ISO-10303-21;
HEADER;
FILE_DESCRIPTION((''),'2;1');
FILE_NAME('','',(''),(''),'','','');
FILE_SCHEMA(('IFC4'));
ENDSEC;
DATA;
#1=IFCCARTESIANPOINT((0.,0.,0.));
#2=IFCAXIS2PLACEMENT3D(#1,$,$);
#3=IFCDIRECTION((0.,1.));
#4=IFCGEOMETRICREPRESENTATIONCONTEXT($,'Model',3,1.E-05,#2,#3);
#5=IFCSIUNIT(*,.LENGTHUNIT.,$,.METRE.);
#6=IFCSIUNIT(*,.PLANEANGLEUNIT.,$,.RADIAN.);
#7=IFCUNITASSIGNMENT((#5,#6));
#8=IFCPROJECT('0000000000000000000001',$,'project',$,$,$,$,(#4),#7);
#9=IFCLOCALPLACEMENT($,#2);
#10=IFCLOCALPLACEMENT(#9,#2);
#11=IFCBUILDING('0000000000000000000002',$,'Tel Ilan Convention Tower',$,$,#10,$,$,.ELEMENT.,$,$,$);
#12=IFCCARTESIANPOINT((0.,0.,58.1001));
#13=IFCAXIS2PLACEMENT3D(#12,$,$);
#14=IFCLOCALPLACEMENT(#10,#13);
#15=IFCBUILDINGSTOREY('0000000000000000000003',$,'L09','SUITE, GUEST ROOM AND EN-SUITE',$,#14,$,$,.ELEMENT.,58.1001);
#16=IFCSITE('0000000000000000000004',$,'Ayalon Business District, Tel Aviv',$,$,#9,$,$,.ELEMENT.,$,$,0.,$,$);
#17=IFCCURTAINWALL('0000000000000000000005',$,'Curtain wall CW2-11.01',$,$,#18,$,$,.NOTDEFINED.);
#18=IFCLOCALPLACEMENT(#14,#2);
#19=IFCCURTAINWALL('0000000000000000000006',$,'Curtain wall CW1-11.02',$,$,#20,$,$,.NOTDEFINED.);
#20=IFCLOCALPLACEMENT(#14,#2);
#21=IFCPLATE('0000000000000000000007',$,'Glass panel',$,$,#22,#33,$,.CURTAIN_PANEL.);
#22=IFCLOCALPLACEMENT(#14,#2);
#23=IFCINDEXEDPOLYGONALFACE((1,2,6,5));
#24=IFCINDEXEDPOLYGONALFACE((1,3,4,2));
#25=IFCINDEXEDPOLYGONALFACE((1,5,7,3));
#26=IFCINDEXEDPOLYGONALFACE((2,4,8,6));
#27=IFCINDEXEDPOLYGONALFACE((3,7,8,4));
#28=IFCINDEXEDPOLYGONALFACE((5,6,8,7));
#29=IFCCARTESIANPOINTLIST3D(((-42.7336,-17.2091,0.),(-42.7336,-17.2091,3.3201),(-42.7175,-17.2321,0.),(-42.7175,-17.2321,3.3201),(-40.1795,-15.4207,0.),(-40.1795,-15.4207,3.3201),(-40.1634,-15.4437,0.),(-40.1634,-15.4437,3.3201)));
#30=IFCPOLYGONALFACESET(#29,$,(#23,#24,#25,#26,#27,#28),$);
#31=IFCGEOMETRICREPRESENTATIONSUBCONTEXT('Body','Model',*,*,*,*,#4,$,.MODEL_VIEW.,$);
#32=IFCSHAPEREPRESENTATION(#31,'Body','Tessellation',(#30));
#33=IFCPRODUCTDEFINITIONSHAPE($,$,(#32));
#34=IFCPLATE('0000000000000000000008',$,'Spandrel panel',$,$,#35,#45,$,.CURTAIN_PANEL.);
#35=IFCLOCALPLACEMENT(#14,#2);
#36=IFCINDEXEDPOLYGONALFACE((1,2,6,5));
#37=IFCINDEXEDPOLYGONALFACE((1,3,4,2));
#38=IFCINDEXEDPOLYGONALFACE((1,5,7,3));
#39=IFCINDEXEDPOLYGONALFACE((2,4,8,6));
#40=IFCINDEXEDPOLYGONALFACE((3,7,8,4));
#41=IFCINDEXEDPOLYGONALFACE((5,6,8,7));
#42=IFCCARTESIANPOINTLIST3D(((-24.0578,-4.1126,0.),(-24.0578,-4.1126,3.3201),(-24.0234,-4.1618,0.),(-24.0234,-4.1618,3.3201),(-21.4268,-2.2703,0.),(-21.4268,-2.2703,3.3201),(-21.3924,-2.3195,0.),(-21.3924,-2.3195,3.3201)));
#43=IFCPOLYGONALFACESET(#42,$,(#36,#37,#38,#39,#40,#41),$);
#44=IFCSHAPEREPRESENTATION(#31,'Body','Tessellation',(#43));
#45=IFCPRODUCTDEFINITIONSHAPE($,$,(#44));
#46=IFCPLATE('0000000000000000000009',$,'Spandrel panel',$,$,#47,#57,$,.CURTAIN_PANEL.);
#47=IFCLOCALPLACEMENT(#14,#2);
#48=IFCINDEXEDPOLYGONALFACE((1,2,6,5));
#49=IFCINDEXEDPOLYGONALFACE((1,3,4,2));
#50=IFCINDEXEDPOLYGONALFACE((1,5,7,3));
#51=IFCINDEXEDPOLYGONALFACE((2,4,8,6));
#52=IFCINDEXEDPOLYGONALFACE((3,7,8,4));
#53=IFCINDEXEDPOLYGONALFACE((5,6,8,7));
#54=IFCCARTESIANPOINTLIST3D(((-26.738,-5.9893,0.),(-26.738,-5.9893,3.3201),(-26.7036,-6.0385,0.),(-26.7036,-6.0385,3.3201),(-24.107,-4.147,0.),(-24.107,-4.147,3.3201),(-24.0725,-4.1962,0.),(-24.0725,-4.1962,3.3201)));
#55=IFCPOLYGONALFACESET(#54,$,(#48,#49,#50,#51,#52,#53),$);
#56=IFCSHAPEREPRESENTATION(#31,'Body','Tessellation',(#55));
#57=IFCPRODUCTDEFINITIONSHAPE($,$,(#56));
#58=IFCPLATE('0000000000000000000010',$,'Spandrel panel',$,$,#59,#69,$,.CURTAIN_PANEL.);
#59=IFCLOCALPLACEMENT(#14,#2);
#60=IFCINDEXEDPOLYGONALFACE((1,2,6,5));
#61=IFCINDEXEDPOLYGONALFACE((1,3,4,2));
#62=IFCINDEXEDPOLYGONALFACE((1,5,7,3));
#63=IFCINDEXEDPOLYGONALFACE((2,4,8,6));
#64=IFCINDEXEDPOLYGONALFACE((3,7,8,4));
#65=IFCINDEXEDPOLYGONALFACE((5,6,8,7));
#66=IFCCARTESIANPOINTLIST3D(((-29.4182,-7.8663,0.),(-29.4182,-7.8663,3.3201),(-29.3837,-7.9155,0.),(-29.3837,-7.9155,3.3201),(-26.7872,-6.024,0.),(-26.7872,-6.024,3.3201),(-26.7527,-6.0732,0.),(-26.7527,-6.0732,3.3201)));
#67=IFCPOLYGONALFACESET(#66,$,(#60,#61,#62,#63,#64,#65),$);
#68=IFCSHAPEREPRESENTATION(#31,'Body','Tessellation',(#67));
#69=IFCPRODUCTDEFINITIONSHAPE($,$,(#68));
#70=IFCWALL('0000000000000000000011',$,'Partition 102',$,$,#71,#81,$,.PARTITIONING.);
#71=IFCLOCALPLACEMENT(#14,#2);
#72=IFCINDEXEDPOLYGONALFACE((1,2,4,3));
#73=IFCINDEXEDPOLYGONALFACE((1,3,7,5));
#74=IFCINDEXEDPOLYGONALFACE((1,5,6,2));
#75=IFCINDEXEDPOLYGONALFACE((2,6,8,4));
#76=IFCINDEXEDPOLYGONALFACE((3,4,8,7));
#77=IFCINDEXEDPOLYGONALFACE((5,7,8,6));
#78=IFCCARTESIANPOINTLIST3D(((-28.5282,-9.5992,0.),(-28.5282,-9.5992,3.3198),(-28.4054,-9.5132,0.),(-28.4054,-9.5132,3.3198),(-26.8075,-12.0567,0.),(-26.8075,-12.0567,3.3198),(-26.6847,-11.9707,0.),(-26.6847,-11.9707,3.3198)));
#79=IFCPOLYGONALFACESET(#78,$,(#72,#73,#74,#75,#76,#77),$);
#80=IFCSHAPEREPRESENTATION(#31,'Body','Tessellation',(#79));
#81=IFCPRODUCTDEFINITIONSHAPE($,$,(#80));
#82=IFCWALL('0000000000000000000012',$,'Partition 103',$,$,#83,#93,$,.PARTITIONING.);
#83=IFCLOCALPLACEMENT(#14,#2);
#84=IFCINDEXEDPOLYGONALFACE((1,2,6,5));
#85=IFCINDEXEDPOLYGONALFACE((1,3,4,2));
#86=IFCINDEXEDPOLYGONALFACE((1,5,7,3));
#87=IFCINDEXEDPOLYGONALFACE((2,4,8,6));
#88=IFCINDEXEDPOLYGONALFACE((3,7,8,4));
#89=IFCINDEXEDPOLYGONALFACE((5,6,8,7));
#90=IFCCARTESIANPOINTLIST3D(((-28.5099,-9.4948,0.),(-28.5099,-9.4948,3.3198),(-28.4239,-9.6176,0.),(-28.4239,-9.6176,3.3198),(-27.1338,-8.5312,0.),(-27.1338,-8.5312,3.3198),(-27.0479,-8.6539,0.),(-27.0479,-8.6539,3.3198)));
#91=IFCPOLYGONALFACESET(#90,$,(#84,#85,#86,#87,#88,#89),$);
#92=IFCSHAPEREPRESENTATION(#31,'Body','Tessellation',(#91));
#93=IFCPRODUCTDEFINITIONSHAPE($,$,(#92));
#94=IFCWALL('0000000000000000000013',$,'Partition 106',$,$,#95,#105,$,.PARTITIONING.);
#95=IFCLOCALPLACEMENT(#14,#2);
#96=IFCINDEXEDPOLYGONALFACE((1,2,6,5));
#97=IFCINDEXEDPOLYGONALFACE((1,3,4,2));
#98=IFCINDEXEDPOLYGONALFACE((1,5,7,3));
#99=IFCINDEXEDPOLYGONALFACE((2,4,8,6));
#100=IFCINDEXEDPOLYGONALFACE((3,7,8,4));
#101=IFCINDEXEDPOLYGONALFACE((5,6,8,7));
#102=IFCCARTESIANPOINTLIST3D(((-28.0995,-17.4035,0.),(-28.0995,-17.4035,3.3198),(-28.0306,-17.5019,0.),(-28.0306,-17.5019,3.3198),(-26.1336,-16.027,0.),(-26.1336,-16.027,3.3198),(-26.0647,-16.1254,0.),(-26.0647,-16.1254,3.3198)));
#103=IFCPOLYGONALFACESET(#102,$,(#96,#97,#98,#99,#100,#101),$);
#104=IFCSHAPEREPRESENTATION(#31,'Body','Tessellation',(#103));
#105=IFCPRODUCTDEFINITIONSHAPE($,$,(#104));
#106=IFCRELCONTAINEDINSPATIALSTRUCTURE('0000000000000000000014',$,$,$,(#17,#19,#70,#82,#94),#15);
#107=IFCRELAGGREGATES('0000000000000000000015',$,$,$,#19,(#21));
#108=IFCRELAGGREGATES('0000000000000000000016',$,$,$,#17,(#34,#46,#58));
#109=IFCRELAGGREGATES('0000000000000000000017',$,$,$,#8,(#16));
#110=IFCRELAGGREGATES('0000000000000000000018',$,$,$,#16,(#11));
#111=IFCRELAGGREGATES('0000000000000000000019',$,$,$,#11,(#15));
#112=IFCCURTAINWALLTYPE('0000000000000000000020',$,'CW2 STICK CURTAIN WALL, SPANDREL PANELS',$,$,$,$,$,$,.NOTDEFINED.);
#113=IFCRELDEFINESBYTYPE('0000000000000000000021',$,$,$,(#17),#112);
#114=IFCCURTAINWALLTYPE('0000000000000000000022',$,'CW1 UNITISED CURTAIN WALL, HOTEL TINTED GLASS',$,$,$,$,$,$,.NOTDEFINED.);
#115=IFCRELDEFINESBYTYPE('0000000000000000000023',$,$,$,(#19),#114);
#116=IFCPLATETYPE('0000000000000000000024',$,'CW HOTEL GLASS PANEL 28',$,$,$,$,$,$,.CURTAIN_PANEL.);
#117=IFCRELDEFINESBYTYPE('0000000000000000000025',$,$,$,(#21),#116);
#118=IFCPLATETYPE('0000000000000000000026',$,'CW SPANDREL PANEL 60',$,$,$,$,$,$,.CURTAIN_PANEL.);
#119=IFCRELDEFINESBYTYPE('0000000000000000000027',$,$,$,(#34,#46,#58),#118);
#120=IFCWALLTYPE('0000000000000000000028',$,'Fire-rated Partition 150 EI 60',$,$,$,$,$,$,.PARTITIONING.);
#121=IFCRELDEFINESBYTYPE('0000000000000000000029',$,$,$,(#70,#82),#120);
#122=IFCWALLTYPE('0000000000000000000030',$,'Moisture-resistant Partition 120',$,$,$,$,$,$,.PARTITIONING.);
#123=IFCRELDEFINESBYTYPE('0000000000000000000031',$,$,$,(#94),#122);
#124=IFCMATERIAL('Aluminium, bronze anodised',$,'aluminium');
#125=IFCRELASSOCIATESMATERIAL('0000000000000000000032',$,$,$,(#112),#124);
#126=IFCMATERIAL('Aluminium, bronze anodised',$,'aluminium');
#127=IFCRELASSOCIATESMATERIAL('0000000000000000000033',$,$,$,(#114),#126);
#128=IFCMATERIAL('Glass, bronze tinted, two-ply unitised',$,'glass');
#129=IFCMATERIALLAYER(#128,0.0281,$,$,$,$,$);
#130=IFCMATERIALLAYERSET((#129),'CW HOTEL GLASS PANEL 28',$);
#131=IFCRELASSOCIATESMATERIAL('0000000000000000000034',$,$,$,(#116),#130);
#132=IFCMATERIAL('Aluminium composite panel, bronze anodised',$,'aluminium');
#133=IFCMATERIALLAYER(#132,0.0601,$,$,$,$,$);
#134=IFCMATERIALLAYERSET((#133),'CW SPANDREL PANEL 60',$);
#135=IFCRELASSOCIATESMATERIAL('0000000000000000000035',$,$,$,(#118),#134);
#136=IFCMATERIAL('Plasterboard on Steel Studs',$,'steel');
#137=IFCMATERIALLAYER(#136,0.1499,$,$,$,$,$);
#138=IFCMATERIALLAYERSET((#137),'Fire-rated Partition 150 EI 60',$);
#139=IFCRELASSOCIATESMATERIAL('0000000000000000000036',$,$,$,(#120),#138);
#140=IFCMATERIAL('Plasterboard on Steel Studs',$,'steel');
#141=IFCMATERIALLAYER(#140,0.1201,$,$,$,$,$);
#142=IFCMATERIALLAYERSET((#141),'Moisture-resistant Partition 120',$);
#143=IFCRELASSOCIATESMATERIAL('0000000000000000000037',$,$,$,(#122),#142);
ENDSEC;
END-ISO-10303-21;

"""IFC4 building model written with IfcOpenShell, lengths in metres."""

from ifc_helpers import new_model, si_unit, direction, frame, frame_2d, origin, origin_2d, place, context, subcontext, project, spatial, rectangle, extrude, material, layer, layer_set, type_object, element, aggregate, save


model = new_model("IFC4")

# Units and contexts
model_context = context("Model", 3, precision=1e-05, world=origin(), true_north=direction((0.0, 1.0)))
body_context = subcontext(model_context, "Body", "Model", "MODEL_VIEW")
ifc_project = project(units=[si_unit("LENGTHUNIT", "METRE"), si_unit("PLANEANGLEUNIT", "RADIAN")], contexts=[model_context])

# Site, building, storey
site_placement = place(None, origin())
site = spatial("IfcSite", under=ifc_project, at=site_placement, Name="Ayalon Business District, Tel Aviv", CompositionType="ELEMENT", RefElevation=0.0)
building_placement = place(site_placement, origin())
building = spatial("IfcBuilding", under=site, at=building_placement, Name="Tel Ilan Convention Tower", CompositionType="ELEMENT")
storey_placement = place(building_placement, frame((0.0, 0.0, 58.1001)))
storey = spatial("IfcBuildingStorey", under=building, at=storey_placement, Name="L09", Description="SUITE, GUEST ROOM AND EN-SUITE", CompositionType="ELEMENT", Elevation=58.1001)

# Curtain wall
ifc_material_1 = material(Name="Aluminium, bronze anodised", Category="aluminium")
curtain_wall_type_1 = type_object("IfcCurtainWallType", Name="CW2 STICK CURTAIN WALL, SPANDREL PANELS", PredefinedType="NOTDEFINED", material=ifc_material_1)
curtain_wall_1_placement = place(storey_placement, origin())
curtain_wall_1 = element("IfcCurtainWall", 1, at=curtain_wall_1_placement, inside=storey, type_object=curtain_wall_type_1, Name="Curtain wall CW2-11.01", PredefinedType="NOTDEFINED")

# Curtain wall, plate
ifc_material_2 = material(Name="Aluminium, bronze anodised", Category="aluminium")
curtain_wall_type_2 = type_object("IfcCurtainWallType", Name="CW1 UNITISED CURTAIN WALL, HOTEL TINTED GLASS", PredefinedType="NOTDEFINED", material=ifc_material_2)
curtain_wall_2_placement = place(storey_placement, origin())
curtain_wall_2 = element("IfcCurtainWall", 2, at=curtain_wall_2_placement, inside=storey, type_object=curtain_wall_type_2, Name="Curtain wall CW1-11.02", PredefinedType="NOTDEFINED")
ifc_material_3 = material(Name="Glass, bronze tinted, two-ply unitised", Category="glass")
ifc_layer_1 = layer(ifc_material_3, 0.0281)
ifc_layer_set_1 = layer_set([ifc_layer_1], Name="CW HOTEL GLASS PANEL 28")
plate_type_1 = type_object("IfcPlateType", Name="CW HOTEL GLASS PANEL 28", PredefinedType="CURTAIN_PANEL", material=ifc_layer_set_1)
plate_1_placement = place(storey_placement, frame((-41.4485, -16.3264, 0.0), z_axis=(0.0, 0.0, 1.0), x_axis=(-0.819152, -0.573576, 0.0)))
plate_1 = element("IfcPlate", 3, at=plate_1_placement, type_object=plate_type_1, Name="Glass panel", PredefinedType="CURTAIN_PANEL", context=body_context, shape_type="SweptSolid", body=[
    extrude(rectangle(XDim=3.1179, YDim=0.0281, at=origin_2d()), origin(), (0.0, 0.0, 1.0), 3.3201),
])
aggregate(curtain_wall_2, [plate_1])

# Plates
ifc_material_4 = material(Name="Aluminium composite panel, bronze anodised", Category="aluminium")
ifc_layer_2 = layer(ifc_material_4, 0.0601)
ifc_layer_set_2 = layer_set([ifc_layer_2], Name="CW SPANDREL PANEL 60")
plate_type_2 = type_object("IfcPlateType", Name="CW SPANDREL PANEL 60", PredefinedType="CURTAIN_PANEL", material=ifc_layer_set_2)
plate_2_placement = place(storey_placement, frame((-22.7251, -3.2161, 0.0), z_axis=(0.0, 0.0, 1.0), x_axis=(-0.819152, -0.573576, 0.0)))
plate_2 = element("IfcPlate", 4, at=plate_2_placement, type_object=plate_type_2, Name="Spandrel panel", PredefinedType="CURTAIN_PANEL", context=body_context, shape_type="SweptSolid", body=[
    extrude(rectangle(XDim=3.2119, YDim=0.0601, at=origin_2d()), origin(), (0.0, 0.0, 1.0), 3.3201),
])
plate_3_placement = place(storey_placement, frame((-25.4053, -5.0928, 0.0), z_axis=(0.0, 0.0, 1.0), x_axis=(-0.819152, -0.573576, 0.0)))
plate_3 = element("IfcPlate", 5, at=plate_3_placement, type_object=plate_type_2, Name="Spandrel panel", PredefinedType="CURTAIN_PANEL", context=body_context, shape_type="SweptSolid", body=[
    extrude(rectangle(XDim=3.2119, YDim=0.0601, at=origin_2d()), origin(), (0.0, 0.0, 1.0), 3.3201),
])
plate_4_placement = place(storey_placement, frame((-28.0854, -6.9697, 0.0), z_axis=(0.0, 0.0, 1.0), x_axis=(-0.819152, -0.573576, 0.0)))
plate_4 = element("IfcPlate", 6, at=plate_4_placement, type_object=plate_type_2, Name="Spandrel panel", PredefinedType="CURTAIN_PANEL", context=body_context, shape_type="SweptSolid", body=[
    extrude(rectangle(XDim=3.2119, YDim=0.0601, at=origin_2d()), origin(), (0.0, 0.0, 1.0), 3.3201),
])
aggregate(curtain_wall_1, [plate_2, plate_3, plate_4])

# Walls
ifc_material_5 = material(Name="Plasterboard on Steel Studs", Category="steel")
ifc_layer_3 = layer(ifc_material_5, 0.1499)
ifc_layer_set_3 = layer_set([ifc_layer_3], Name="Fire-rated Partition 150 EI 60")
wall_type_1 = type_object("IfcWallType", Name="Fire-rated Partition 150 EI 60", PredefinedType="PARTITIONING", material=ifc_layer_set_3)
wall_1_placement = place(storey_placement, frame((-26.7461, -12.0137, 0.0), z_axis=(0.0, 0.0, 1.0), x_axis=(-0.573561, 0.819163, 0.0)))
element("IfcWall", 7, at=wall_1_placement, inside=storey, type_object=wall_type_1, Name="Partition 102", PredefinedType="PARTITIONING", context=body_context, shape_type="SweptSolid", body=[
    extrude(rectangle(XDim=3.0, YDim=0.1499, at=frame_2d((1.5, 0.0))), origin(), (0.0, 0.0, 1.0), 3.3198),
])
wall_2_placement = place(storey_placement, frame((-28.4668, -9.5562, 0.0), z_axis=(0.0, 0.0, 1.0), x_axis=(0.819109, 0.573638, 0.0)))
element("IfcWall", 8, at=wall_2_placement, inside=storey, type_object=wall_type_1, Name="Partition 103", PredefinedType="PARTITIONING", context=body_context, shape_type="SweptSolid", body=[
    extrude(rectangle(XDim=1.6799, YDim=0.1499, at=frame_2d((0.8398, 0.0))), origin(), (0.0, 0.0, 1.0), 3.3198),
])
ifc_material_6 = material(Name="Plasterboard on Steel Studs", Category="steel")
ifc_layer_4 = layer(ifc_material_6, 0.1201)
ifc_layer_set_4 = layer_set([ifc_layer_4], Name="Moisture-resistant Partition 120")
wall_type_2 = type_object("IfcWallType", Name="Moisture-resistant Partition 120", PredefinedType="PARTITIONING", material=ifc_layer_set_4)
wall_3_placement = place(storey_placement, frame((-26.0991, -16.0762, 0.0), z_axis=(0.0, 0.0, 1.0), x_axis=(-0.819155, -0.573572, 0.0)))
element("IfcWall", 9, at=wall_3_placement, inside=storey, type_object=wall_type_2, Name="Partition 106", PredefinedType="PARTITIONING", context=body_context, shape_type="SweptSolid", body=[
    extrude(rectangle(XDim=2.3999, YDim=0.1201, at=frame_2d((1.2, 0.0))), origin(), (0.0, 0.0, 1.0), 3.3198),
])

save(model, "model.ifc")
